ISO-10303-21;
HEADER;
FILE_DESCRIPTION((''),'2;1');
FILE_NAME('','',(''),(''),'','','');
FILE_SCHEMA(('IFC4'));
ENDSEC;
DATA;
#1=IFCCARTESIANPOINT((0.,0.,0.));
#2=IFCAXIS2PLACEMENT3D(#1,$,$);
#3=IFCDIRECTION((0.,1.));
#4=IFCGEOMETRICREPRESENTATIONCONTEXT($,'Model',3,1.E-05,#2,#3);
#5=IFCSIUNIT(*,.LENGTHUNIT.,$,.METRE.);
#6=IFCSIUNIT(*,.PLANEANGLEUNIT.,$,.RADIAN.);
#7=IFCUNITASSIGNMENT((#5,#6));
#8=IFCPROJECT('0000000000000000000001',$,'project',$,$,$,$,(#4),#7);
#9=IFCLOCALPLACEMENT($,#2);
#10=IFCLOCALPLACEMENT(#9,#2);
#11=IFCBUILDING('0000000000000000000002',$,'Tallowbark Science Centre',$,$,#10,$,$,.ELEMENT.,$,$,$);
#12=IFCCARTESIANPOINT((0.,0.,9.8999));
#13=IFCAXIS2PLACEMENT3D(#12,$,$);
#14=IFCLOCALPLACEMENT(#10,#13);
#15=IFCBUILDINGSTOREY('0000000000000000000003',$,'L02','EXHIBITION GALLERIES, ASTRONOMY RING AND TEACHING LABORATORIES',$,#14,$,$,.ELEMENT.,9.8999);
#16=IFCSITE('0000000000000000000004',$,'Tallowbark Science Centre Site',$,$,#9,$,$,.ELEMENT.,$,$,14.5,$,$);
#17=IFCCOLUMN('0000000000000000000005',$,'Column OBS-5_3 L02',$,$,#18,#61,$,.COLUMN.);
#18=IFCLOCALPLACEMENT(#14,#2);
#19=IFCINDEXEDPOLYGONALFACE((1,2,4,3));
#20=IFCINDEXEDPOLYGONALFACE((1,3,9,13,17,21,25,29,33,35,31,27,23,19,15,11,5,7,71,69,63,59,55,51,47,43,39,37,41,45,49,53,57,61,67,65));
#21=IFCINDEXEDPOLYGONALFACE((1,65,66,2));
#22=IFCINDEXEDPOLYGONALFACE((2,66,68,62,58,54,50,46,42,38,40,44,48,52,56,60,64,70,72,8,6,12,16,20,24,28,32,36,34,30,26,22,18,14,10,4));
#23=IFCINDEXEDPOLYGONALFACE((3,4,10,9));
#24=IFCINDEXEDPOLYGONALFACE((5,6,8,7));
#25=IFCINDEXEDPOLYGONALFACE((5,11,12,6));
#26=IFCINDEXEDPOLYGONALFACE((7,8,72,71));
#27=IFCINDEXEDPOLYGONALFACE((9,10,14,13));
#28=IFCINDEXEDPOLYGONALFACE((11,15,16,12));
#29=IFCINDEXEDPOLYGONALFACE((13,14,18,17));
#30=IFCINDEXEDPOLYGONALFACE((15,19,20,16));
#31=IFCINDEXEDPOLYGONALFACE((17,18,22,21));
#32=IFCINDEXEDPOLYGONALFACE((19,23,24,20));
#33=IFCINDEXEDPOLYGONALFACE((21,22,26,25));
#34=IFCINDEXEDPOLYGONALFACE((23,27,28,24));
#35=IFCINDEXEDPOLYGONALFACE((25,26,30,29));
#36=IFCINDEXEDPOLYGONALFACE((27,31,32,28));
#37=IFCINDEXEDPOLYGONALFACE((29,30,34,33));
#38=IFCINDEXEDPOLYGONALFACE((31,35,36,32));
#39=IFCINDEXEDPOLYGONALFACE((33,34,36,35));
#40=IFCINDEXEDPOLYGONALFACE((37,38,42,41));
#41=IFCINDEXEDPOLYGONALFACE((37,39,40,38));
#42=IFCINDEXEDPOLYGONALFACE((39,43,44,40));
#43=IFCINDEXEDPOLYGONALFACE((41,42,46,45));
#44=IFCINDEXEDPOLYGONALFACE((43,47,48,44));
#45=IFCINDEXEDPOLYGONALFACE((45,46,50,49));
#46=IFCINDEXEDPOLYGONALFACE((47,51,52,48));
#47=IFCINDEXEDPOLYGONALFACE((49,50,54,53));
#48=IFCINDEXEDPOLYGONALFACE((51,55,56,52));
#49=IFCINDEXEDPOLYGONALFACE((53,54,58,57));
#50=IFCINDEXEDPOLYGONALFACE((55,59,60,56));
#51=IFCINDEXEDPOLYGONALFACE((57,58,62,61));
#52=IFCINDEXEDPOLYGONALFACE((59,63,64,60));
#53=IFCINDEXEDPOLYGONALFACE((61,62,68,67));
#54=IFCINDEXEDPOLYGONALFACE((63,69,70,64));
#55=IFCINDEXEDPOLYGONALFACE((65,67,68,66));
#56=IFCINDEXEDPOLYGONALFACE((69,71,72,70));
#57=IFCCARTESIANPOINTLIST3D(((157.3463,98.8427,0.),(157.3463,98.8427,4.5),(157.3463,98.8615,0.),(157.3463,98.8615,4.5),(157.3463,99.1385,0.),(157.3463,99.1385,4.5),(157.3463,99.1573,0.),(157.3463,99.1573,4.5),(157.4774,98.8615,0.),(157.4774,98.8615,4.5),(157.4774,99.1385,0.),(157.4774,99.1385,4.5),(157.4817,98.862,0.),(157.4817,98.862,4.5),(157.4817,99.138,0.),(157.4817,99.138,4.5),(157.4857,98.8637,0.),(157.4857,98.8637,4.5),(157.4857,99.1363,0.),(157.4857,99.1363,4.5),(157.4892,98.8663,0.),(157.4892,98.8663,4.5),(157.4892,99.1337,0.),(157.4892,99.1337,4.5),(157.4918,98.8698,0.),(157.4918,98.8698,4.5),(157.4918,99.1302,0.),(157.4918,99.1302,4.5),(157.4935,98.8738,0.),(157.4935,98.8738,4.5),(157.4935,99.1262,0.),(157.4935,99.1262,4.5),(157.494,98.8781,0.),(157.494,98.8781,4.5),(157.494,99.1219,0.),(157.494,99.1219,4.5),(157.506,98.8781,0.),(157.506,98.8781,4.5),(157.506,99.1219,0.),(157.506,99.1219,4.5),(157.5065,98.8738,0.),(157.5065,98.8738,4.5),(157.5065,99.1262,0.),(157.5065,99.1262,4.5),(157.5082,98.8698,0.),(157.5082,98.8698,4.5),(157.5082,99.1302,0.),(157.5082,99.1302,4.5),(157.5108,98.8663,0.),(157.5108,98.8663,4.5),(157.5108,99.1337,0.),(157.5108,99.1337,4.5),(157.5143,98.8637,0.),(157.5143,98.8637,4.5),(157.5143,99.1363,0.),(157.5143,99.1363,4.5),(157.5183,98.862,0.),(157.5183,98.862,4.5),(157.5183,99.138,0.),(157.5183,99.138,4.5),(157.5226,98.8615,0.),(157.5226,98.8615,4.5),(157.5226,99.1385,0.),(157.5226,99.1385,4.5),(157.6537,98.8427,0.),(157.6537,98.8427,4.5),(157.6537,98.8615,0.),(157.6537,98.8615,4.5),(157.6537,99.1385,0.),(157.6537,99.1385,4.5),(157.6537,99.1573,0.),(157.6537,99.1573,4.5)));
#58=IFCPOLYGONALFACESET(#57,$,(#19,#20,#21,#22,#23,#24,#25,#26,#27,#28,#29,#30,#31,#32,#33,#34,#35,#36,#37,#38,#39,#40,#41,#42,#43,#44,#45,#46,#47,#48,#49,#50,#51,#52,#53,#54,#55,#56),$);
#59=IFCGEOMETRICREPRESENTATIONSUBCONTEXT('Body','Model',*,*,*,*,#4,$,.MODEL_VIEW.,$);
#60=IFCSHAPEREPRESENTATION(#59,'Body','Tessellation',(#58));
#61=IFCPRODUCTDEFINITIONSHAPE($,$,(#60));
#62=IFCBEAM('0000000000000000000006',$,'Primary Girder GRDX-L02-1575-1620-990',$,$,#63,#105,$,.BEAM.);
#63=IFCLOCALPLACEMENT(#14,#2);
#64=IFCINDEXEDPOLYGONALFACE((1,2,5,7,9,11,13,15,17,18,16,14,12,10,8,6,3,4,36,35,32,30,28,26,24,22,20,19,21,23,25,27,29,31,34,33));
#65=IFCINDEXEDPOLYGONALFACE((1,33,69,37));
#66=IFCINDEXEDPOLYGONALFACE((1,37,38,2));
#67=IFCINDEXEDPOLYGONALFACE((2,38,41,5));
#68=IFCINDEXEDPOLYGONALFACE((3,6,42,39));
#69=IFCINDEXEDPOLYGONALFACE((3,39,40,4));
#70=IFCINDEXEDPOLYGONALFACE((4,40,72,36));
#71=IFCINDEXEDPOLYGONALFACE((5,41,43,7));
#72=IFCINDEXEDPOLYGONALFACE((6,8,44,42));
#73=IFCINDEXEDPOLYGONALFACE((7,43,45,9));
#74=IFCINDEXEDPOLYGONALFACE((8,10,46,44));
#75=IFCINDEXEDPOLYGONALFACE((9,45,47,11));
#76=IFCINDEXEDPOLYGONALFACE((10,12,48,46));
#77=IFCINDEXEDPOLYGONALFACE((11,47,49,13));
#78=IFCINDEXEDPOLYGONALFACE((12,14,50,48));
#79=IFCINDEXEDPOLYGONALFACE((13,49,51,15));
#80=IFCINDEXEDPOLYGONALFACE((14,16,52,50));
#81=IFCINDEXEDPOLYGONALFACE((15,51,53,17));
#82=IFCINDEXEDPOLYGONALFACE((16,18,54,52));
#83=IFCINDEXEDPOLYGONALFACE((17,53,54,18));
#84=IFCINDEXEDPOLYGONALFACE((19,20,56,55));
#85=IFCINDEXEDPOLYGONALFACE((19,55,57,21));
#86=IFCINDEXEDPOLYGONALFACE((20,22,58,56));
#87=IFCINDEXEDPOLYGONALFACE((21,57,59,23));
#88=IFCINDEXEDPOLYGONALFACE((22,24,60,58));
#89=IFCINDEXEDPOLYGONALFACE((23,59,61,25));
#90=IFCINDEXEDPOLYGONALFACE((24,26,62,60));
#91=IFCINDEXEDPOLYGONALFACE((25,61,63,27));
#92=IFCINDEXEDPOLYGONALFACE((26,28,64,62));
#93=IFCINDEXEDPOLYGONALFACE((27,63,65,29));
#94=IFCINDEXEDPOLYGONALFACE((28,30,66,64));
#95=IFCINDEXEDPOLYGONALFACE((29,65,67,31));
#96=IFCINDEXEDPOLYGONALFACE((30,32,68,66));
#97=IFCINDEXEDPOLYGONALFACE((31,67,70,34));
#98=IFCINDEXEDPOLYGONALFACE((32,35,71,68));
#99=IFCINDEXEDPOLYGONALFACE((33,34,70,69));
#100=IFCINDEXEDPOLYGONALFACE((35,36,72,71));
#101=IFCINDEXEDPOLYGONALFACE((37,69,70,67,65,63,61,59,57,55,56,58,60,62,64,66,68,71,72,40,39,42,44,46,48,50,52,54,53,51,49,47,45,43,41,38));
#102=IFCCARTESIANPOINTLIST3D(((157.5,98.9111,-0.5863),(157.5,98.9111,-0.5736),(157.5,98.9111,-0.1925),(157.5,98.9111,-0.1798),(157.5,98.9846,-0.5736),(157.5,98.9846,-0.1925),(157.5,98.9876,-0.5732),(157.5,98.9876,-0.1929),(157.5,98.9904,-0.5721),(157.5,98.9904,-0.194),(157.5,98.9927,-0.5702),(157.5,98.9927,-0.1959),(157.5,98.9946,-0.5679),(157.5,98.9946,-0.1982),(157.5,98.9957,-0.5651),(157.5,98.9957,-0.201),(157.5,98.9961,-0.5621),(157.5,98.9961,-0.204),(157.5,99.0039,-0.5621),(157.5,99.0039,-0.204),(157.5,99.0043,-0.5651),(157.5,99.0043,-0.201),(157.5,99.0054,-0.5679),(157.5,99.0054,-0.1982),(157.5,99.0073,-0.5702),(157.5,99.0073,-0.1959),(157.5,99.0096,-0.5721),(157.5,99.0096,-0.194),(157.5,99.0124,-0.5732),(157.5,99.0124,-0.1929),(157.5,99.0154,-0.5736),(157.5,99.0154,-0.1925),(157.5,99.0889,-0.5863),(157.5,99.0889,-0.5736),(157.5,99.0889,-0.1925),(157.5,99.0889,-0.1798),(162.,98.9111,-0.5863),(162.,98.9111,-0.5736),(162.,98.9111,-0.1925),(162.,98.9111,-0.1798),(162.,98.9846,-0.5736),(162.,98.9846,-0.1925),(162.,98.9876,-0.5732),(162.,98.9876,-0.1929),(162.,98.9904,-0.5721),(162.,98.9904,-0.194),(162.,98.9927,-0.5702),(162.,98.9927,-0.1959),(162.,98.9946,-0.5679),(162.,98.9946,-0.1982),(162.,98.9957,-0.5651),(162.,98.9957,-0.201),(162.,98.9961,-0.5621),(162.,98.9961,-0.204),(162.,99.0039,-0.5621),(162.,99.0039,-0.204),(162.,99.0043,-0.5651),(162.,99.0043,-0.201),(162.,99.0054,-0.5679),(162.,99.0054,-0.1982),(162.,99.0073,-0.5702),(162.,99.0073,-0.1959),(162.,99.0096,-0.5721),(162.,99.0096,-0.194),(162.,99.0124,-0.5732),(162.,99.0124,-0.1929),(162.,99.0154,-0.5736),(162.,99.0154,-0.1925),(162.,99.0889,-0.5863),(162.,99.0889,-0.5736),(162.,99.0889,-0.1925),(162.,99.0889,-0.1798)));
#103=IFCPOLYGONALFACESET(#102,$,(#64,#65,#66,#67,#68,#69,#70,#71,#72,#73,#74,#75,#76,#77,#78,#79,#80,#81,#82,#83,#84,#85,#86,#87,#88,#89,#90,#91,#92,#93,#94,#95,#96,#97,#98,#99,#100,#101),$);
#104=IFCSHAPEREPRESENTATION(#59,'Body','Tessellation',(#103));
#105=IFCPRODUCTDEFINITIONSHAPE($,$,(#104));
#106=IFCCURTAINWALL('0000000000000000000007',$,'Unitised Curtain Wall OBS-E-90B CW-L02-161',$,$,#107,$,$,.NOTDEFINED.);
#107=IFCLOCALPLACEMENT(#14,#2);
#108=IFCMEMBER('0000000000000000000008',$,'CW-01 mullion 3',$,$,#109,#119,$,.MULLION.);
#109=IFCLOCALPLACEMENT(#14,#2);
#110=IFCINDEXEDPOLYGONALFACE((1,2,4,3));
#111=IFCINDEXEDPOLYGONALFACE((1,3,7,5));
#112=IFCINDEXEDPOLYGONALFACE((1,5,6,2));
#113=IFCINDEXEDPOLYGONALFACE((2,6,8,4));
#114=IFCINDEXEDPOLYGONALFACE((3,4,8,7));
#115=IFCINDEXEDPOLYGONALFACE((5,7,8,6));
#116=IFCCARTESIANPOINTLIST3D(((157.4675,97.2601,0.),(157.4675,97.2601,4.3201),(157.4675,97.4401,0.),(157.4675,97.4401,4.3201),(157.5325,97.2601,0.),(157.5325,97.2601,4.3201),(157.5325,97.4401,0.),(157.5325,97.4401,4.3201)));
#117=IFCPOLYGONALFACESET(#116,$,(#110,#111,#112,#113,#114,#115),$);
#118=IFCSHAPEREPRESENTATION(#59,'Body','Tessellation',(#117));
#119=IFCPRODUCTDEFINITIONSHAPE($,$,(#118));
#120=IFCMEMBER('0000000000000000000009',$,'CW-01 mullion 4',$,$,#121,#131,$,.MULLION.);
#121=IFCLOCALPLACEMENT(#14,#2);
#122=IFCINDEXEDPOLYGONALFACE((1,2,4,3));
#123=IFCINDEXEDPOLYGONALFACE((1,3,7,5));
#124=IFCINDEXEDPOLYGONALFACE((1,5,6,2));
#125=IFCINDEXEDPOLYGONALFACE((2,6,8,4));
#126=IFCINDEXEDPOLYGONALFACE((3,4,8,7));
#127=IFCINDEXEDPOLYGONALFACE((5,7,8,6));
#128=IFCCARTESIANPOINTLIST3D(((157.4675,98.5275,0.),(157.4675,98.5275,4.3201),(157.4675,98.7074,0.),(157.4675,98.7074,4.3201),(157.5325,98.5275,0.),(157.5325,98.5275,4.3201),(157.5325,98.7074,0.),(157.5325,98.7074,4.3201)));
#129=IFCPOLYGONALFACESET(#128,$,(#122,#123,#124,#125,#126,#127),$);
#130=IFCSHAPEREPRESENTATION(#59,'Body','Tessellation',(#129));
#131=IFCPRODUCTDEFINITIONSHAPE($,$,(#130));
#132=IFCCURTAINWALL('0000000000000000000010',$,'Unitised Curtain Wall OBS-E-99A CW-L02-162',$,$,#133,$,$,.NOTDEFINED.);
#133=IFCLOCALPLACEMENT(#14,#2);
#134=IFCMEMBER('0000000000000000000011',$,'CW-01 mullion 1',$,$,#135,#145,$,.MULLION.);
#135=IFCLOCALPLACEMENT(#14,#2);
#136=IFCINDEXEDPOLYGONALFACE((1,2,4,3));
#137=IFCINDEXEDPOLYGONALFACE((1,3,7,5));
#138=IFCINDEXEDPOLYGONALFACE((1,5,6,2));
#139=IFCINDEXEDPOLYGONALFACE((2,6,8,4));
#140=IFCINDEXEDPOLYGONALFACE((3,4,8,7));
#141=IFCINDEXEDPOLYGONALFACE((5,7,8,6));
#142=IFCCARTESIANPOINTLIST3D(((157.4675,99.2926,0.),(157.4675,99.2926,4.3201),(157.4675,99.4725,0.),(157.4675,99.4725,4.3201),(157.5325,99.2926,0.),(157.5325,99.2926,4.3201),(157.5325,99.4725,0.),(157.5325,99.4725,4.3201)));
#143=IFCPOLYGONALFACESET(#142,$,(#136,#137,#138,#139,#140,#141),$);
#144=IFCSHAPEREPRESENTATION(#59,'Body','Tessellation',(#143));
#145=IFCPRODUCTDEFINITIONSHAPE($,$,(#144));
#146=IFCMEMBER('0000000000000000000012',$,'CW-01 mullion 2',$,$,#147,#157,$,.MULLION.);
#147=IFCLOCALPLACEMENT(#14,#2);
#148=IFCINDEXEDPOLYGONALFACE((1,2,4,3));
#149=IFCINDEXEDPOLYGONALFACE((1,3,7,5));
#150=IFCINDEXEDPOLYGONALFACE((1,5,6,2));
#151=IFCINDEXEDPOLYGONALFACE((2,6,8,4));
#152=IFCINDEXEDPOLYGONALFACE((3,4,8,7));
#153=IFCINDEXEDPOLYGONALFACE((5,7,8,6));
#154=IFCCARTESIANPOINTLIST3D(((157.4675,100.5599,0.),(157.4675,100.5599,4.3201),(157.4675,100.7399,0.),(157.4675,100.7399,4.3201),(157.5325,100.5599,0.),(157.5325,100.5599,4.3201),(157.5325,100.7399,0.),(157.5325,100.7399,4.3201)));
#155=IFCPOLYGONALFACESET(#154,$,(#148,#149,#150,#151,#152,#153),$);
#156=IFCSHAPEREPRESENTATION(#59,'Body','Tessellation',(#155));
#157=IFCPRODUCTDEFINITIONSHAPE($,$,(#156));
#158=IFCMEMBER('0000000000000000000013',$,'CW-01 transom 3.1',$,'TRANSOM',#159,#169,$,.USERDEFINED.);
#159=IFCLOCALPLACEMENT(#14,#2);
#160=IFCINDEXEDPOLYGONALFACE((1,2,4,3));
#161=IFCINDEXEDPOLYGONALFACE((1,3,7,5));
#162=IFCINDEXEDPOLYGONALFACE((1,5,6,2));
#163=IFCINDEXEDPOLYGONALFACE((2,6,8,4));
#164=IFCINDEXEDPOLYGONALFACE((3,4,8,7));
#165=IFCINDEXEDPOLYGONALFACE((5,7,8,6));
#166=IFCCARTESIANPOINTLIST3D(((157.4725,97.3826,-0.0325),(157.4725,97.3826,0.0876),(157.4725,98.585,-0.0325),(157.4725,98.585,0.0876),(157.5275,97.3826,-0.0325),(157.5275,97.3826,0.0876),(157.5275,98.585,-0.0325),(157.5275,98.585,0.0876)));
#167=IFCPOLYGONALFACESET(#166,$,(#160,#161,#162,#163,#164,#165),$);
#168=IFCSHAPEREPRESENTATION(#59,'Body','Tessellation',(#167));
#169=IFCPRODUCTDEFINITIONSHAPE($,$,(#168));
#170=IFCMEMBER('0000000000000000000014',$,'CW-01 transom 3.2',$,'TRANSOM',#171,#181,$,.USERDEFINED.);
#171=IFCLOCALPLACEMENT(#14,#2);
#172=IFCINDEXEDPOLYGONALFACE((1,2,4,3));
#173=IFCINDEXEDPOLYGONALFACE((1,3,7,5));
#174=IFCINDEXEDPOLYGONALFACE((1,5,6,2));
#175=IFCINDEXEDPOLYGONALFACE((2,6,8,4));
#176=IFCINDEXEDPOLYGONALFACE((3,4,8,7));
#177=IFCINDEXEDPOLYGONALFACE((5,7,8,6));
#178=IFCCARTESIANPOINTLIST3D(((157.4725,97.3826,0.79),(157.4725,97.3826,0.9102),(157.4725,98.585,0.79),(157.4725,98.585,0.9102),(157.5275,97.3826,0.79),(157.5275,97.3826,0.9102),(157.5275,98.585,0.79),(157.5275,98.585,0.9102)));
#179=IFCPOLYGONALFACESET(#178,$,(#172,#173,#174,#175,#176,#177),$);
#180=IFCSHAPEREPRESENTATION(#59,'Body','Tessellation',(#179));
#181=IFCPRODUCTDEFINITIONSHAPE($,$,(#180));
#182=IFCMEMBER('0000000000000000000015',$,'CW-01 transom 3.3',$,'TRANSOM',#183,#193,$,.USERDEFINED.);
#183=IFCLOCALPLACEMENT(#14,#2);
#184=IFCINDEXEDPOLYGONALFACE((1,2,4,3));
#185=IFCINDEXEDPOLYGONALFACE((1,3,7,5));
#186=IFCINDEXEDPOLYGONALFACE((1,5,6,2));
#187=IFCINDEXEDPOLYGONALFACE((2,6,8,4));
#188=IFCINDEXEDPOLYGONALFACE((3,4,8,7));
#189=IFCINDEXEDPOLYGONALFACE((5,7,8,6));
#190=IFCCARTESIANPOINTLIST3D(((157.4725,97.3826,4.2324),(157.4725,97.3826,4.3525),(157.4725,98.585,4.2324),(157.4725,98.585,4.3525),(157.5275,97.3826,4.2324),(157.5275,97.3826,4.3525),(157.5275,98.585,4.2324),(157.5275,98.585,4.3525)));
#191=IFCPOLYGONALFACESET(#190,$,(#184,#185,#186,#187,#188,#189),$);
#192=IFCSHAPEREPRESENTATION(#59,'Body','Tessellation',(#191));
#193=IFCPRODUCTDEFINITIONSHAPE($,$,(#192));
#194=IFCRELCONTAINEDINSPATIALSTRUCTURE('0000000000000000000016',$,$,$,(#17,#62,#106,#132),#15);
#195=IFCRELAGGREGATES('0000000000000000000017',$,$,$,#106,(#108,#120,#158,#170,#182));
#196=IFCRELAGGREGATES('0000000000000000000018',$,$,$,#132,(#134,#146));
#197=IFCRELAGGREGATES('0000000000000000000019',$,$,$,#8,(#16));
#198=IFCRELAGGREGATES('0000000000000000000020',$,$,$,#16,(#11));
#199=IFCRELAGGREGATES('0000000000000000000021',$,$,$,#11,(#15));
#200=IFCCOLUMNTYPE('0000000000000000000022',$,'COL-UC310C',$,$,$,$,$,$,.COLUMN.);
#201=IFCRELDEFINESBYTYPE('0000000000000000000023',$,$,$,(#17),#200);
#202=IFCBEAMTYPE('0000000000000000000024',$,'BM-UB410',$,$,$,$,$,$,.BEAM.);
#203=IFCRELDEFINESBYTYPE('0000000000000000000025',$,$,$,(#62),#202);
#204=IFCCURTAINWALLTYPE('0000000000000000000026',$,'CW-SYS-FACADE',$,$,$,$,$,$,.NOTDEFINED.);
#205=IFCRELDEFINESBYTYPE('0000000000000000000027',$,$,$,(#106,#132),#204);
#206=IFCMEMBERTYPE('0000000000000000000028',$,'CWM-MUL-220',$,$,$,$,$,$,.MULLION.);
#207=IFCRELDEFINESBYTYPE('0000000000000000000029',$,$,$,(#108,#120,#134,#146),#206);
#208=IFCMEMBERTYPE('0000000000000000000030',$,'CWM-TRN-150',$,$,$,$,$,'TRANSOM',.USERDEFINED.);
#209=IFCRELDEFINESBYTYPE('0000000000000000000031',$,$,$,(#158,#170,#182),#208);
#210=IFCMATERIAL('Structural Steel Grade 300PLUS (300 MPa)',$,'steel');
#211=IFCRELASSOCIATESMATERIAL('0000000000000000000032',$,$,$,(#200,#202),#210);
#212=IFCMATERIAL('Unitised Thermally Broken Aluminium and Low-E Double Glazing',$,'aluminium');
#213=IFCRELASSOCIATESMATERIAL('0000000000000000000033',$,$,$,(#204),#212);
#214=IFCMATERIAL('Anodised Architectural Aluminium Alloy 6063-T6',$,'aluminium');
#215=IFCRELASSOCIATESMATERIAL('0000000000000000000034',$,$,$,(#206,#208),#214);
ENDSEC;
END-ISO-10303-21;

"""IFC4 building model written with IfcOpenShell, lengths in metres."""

from ifc_helpers import new_model, si_unit, direction, frame, origin, origin_2d, place, context, subcontext, project, spatial, rectangle, i_section, extrude, material, material_profile, profile_set, type_object, element, aggregate, save


model = new_model("IFC4")

# Units and contexts
model_context = context("Model", 3, precision=1e-05, world=origin(), true_north=direction((0.0, 1.0)))
body_context = subcontext(model_context, "Body", "Model", "MODEL_VIEW")
ifc_project = project(units=[si_unit("LENGTHUNIT", "METRE"), si_unit("PLANEANGLEUNIT", "RADIAN")], contexts=[model_context])

# Site, building, storey
site_placement = place(None, origin())
site = spatial("IfcSite", under=ifc_project, at=site_placement, Name="Tallowbark Science Centre Site", CompositionType="ELEMENT", RefElevation=14.5)
building_placement = place(site_placement, origin())
building = spatial("IfcBuilding", under=site, at=building_placement, Name="Tallowbark Science Centre", CompositionType="ELEMENT")
storey_placement = place(building_placement, frame((0.0, 0.0, 9.8999)))
storey = spatial("IfcBuildingStorey", under=building, at=storey_placement, Name="L02", Description="EXHIBITION GALLERIES, ASTRONOMY RING AND TEACHING LABORATORIES", CompositionType="ELEMENT", Elevation=9.8999)

# Column
ifc_material_1 = material(Name="Structural Steel Grade 300PLUS (300 MPa)", Category="steel")
ifc_material_profile_1 = material_profile(ifc_material_1, i_section(OverallWidth=0.3074, OverallDepth=0.3147, WebThickness=0.012, FlangeThickness=0.0188, FilletRadius=0.0166, at=origin_2d()), Name="310UC118")
ifc_profile_set_1 = profile_set([ifc_material_profile_1], Name="Structural Steel Grade 300PLUS (300 MPa)")
column_type = type_object("IfcColumnType", Name="COL-UC310C", PredefinedType="COLUMN", material=ifc_profile_set_1)
column_placement = place(storey_placement, frame((157.5, 99.0, 0.0), z_axis=(0.0, 0.0, 1.0), x_axis=(1.0, 0.0, 0.0)))
element("IfcColumn", 1, at=column_placement, inside=storey, type_object=column_type, Name="Column OBS-5_3 L02", PredefinedType="COLUMN", context=body_context, shape_type="SweptSolid", body=[
    extrude(i_section(OverallWidth=0.3074, OverallDepth=0.3147, WebThickness=0.012, FlangeThickness=0.0188, FilletRadius=0.0166, at=origin_2d()), origin(), (0.0, 0.0, 1.0), 4.5),
])

# Beam
ifc_material_profile_2 = material_profile(ifc_material_1, i_section(OverallWidth=0.1777, OverallDepth=0.4065, WebThickness=0.0078, FlangeThickness=0.0127, FilletRadius=0.0115, at=origin_2d()), Name="410UB59.7")
ifc_profile_set_2 = profile_set([ifc_material_profile_2], Name="Structural Steel Grade 300PLUS (300 MPa)")
beam_type_1 = type_object("IfcBeamType", Name="BM-UB410", PredefinedType="BEAM", material=ifc_profile_set_2)
beam_1_placement = place(storey_placement, frame((157.5, 99.0, -0.3831), z_axis=(1.0, 0.0, 0.0), x_axis=(0.0, 1.0, 0.0)))
element("IfcBeam", 2, at=beam_1_placement, inside=storey, type_object=beam_type_1, Name="Primary Girder GRDX-L02-1575-1620-990", PredefinedType="BEAM", context=body_context, shape_type="SweptSolid", body=[
    extrude(i_section(OverallWidth=0.1777, OverallDepth=0.4065, WebThickness=0.0078, FlangeThickness=0.0127, FilletRadius=0.0115, at=origin_2d()), origin(), (0.0, 0.0, 1.0), 4.5),
])

# Curtain walls, members
ifc_material_2 = material(Name="Unitised Thermally Broken Aluminium and Low-E Double Glazing", Category="aluminium")
curtain_wall_type = type_object("IfcCurtainWallType", Name="CW-SYS-FACADE", PredefinedType="NOTDEFINED", material=ifc_material_2)
curtain_wall_1_placement = place(storey_placement, origin())
curtain_wall_1 = element("IfcCurtainWall", 3, at=curtain_wall_1_placement, inside=storey, type_object=curtain_wall_type, Name="Unitised Curtain Wall OBS-E-90B CW-L02-161", PredefinedType="NOTDEFINED")
ifc_material_3 = material(Name="Anodised Architectural Aluminium Alloy 6063-T6", Category="aluminium")
ifc_material_profile_3 = material_profile(ifc_material_3, rectangle(XDim=0.0649, YDim=0.1799, at=origin_2d()), Name="ALU65x180")
ifc_profile_set_3 = profile_set([ifc_material_profile_3], Name="Anodised Architectural Aluminium Alloy 6063-T6")
member_type_1 = type_object("IfcMemberType", Name="CWM-MUL-220", PredefinedType="MULLION", material=ifc_profile_set_3)
member_1_placement = place(storey_placement, frame((157.5, 97.3501, 0.0), z_axis=(0.0, 0.0, 1.0), x_axis=(-1.0, 0.0, 0.0)))
member_1 = element("IfcMember", 4, at=member_1_placement, type_object=member_type_1, Name="CW-01 mullion 3", PredefinedType="MULLION", context=body_context, shape_type="SweptSolid", body=[
    extrude(rectangle(XDim=0.0649, YDim=0.1799, at=origin_2d()), origin(), (0.0, 0.0, 1.0), 4.3201),
])
member_2_placement = place(storey_placement, frame((157.5, 98.6174, 0.0), z_axis=(0.0, 0.0, 1.0), x_axis=(-1.0, 0.0, 0.0)))
member_2 = element("IfcMember", 5, at=member_2_placement, type_object=member_type_1, Name="CW-01 mullion 4", PredefinedType="MULLION", context=body_context, shape_type="SweptSolid", body=[
    extrude(rectangle(XDim=0.0649, YDim=0.1799, at=origin_2d()), origin(), (0.0, 0.0, 1.0), 4.3201),
])
curtain_wall_2_placement = place(storey_placement, origin())
curtain_wall_2 = element("IfcCurtainWall", 6, at=curtain_wall_2_placement, inside=storey, type_object=curtain_wall_type, Name="Unitised Curtain Wall OBS-E-99A CW-L02-162", PredefinedType="NOTDEFINED")
member_3_placement = place(storey_placement, frame((157.5, 99.3826, 0.0), z_axis=(0.0, 0.0, 1.0), x_axis=(-1.0, 0.0, 0.0)))
member_3 = element("IfcMember", 7, at=member_3_placement, type_object=member_type_1, Name="CW-01 mullion 1", PredefinedType="MULLION", context=body_context, shape_type="SweptSolid", body=[
    extrude(rectangle(XDim=0.0649, YDim=0.1799, at=origin_2d()), origin(), (0.0, 0.0, 1.0), 4.3201),
])
member_4_placement = place(storey_placement, frame((157.5, 100.6499, 0.0), z_axis=(0.0, 0.0, 1.0), x_axis=(-1.0, 0.0, 0.0)))
member_4 = element("IfcMember", 8, at=member_4_placement, type_object=member_type_1, Name="CW-01 mullion 2", PredefinedType="MULLION", context=body_context, shape_type="SweptSolid", body=[
    extrude(rectangle(XDim=0.0649, YDim=0.1799, at=origin_2d()), origin(), (0.0, 0.0, 1.0), 4.3201),
])

# Members
ifc_material_profile_4 = material_profile(ifc_material_3, rectangle(XDim=0.0549, YDim=0.1201, at=origin_2d()), Name="ALU55x120")
ifc_profile_set_4 = profile_set([ifc_material_profile_4], Name="Anodised Architectural Aluminium Alloy 6063-T6")
member_type_2 = type_object("IfcMemberType", Name="CWM-TRN-150", ElementType="TRANSOM", PredefinedType="USERDEFINED", material=ifc_profile_set_4)
member_5_placement = place(storey_placement, frame((157.5, 97.3826, 0.0276), z_axis=(0.0, 1.0, 0.0), x_axis=(-1.0, 0.0, 0.0)))
member_5 = element("IfcMember", 9, at=member_5_placement, type_object=member_type_2, Name="CW-01 transom 3.1", ObjectType="TRANSOM", PredefinedType="USERDEFINED", context=body_context, shape_type="SweptSolid", body=[
    extrude(rectangle(XDim=0.0549, YDim=0.1201, at=origin_2d()), origin(), (0.0, 0.0, 1.0), 1.2024),
])
member_6_placement = place(storey_placement, frame((157.5, 97.3826, 0.8501), z_axis=(0.0, 1.0, 0.0), x_axis=(-1.0, 0.0, 0.0)))
member_6 = element("IfcMember", 10, at=member_6_placement, type_object=member_type_2, Name="CW-01 transom 3.2", ObjectType="TRANSOM", PredefinedType="USERDEFINED", context=body_context, shape_type="SweptSolid", body=[
    extrude(rectangle(XDim=0.0549, YDim=0.1201, at=origin_2d()), origin(), (0.0, 0.0, 1.0), 1.2024),
])
member_7_placement = place(storey_placement, frame((157.5, 97.3826, 4.2925), z_axis=(0.0, 1.0, 0.0), x_axis=(-1.0, 0.0, 0.0)))
member_7 = element("IfcMember", 11, at=member_7_placement, type_object=member_type_2, Name="CW-01 transom 3.3", ObjectType="TRANSOM", PredefinedType="USERDEFINED", context=body_context, shape_type="SweptSolid", body=[
    extrude(rectangle(XDim=0.0549, YDim=0.1201, at=origin_2d()), origin(), (0.0, 0.0, 1.0), 1.2024),
])

aggregate(curtain_wall_1, [member_1, member_2, member_5, member_6, member_7])
aggregate(curtain_wall_2, [member_3, member_4])

save(model, "model.ifc")
